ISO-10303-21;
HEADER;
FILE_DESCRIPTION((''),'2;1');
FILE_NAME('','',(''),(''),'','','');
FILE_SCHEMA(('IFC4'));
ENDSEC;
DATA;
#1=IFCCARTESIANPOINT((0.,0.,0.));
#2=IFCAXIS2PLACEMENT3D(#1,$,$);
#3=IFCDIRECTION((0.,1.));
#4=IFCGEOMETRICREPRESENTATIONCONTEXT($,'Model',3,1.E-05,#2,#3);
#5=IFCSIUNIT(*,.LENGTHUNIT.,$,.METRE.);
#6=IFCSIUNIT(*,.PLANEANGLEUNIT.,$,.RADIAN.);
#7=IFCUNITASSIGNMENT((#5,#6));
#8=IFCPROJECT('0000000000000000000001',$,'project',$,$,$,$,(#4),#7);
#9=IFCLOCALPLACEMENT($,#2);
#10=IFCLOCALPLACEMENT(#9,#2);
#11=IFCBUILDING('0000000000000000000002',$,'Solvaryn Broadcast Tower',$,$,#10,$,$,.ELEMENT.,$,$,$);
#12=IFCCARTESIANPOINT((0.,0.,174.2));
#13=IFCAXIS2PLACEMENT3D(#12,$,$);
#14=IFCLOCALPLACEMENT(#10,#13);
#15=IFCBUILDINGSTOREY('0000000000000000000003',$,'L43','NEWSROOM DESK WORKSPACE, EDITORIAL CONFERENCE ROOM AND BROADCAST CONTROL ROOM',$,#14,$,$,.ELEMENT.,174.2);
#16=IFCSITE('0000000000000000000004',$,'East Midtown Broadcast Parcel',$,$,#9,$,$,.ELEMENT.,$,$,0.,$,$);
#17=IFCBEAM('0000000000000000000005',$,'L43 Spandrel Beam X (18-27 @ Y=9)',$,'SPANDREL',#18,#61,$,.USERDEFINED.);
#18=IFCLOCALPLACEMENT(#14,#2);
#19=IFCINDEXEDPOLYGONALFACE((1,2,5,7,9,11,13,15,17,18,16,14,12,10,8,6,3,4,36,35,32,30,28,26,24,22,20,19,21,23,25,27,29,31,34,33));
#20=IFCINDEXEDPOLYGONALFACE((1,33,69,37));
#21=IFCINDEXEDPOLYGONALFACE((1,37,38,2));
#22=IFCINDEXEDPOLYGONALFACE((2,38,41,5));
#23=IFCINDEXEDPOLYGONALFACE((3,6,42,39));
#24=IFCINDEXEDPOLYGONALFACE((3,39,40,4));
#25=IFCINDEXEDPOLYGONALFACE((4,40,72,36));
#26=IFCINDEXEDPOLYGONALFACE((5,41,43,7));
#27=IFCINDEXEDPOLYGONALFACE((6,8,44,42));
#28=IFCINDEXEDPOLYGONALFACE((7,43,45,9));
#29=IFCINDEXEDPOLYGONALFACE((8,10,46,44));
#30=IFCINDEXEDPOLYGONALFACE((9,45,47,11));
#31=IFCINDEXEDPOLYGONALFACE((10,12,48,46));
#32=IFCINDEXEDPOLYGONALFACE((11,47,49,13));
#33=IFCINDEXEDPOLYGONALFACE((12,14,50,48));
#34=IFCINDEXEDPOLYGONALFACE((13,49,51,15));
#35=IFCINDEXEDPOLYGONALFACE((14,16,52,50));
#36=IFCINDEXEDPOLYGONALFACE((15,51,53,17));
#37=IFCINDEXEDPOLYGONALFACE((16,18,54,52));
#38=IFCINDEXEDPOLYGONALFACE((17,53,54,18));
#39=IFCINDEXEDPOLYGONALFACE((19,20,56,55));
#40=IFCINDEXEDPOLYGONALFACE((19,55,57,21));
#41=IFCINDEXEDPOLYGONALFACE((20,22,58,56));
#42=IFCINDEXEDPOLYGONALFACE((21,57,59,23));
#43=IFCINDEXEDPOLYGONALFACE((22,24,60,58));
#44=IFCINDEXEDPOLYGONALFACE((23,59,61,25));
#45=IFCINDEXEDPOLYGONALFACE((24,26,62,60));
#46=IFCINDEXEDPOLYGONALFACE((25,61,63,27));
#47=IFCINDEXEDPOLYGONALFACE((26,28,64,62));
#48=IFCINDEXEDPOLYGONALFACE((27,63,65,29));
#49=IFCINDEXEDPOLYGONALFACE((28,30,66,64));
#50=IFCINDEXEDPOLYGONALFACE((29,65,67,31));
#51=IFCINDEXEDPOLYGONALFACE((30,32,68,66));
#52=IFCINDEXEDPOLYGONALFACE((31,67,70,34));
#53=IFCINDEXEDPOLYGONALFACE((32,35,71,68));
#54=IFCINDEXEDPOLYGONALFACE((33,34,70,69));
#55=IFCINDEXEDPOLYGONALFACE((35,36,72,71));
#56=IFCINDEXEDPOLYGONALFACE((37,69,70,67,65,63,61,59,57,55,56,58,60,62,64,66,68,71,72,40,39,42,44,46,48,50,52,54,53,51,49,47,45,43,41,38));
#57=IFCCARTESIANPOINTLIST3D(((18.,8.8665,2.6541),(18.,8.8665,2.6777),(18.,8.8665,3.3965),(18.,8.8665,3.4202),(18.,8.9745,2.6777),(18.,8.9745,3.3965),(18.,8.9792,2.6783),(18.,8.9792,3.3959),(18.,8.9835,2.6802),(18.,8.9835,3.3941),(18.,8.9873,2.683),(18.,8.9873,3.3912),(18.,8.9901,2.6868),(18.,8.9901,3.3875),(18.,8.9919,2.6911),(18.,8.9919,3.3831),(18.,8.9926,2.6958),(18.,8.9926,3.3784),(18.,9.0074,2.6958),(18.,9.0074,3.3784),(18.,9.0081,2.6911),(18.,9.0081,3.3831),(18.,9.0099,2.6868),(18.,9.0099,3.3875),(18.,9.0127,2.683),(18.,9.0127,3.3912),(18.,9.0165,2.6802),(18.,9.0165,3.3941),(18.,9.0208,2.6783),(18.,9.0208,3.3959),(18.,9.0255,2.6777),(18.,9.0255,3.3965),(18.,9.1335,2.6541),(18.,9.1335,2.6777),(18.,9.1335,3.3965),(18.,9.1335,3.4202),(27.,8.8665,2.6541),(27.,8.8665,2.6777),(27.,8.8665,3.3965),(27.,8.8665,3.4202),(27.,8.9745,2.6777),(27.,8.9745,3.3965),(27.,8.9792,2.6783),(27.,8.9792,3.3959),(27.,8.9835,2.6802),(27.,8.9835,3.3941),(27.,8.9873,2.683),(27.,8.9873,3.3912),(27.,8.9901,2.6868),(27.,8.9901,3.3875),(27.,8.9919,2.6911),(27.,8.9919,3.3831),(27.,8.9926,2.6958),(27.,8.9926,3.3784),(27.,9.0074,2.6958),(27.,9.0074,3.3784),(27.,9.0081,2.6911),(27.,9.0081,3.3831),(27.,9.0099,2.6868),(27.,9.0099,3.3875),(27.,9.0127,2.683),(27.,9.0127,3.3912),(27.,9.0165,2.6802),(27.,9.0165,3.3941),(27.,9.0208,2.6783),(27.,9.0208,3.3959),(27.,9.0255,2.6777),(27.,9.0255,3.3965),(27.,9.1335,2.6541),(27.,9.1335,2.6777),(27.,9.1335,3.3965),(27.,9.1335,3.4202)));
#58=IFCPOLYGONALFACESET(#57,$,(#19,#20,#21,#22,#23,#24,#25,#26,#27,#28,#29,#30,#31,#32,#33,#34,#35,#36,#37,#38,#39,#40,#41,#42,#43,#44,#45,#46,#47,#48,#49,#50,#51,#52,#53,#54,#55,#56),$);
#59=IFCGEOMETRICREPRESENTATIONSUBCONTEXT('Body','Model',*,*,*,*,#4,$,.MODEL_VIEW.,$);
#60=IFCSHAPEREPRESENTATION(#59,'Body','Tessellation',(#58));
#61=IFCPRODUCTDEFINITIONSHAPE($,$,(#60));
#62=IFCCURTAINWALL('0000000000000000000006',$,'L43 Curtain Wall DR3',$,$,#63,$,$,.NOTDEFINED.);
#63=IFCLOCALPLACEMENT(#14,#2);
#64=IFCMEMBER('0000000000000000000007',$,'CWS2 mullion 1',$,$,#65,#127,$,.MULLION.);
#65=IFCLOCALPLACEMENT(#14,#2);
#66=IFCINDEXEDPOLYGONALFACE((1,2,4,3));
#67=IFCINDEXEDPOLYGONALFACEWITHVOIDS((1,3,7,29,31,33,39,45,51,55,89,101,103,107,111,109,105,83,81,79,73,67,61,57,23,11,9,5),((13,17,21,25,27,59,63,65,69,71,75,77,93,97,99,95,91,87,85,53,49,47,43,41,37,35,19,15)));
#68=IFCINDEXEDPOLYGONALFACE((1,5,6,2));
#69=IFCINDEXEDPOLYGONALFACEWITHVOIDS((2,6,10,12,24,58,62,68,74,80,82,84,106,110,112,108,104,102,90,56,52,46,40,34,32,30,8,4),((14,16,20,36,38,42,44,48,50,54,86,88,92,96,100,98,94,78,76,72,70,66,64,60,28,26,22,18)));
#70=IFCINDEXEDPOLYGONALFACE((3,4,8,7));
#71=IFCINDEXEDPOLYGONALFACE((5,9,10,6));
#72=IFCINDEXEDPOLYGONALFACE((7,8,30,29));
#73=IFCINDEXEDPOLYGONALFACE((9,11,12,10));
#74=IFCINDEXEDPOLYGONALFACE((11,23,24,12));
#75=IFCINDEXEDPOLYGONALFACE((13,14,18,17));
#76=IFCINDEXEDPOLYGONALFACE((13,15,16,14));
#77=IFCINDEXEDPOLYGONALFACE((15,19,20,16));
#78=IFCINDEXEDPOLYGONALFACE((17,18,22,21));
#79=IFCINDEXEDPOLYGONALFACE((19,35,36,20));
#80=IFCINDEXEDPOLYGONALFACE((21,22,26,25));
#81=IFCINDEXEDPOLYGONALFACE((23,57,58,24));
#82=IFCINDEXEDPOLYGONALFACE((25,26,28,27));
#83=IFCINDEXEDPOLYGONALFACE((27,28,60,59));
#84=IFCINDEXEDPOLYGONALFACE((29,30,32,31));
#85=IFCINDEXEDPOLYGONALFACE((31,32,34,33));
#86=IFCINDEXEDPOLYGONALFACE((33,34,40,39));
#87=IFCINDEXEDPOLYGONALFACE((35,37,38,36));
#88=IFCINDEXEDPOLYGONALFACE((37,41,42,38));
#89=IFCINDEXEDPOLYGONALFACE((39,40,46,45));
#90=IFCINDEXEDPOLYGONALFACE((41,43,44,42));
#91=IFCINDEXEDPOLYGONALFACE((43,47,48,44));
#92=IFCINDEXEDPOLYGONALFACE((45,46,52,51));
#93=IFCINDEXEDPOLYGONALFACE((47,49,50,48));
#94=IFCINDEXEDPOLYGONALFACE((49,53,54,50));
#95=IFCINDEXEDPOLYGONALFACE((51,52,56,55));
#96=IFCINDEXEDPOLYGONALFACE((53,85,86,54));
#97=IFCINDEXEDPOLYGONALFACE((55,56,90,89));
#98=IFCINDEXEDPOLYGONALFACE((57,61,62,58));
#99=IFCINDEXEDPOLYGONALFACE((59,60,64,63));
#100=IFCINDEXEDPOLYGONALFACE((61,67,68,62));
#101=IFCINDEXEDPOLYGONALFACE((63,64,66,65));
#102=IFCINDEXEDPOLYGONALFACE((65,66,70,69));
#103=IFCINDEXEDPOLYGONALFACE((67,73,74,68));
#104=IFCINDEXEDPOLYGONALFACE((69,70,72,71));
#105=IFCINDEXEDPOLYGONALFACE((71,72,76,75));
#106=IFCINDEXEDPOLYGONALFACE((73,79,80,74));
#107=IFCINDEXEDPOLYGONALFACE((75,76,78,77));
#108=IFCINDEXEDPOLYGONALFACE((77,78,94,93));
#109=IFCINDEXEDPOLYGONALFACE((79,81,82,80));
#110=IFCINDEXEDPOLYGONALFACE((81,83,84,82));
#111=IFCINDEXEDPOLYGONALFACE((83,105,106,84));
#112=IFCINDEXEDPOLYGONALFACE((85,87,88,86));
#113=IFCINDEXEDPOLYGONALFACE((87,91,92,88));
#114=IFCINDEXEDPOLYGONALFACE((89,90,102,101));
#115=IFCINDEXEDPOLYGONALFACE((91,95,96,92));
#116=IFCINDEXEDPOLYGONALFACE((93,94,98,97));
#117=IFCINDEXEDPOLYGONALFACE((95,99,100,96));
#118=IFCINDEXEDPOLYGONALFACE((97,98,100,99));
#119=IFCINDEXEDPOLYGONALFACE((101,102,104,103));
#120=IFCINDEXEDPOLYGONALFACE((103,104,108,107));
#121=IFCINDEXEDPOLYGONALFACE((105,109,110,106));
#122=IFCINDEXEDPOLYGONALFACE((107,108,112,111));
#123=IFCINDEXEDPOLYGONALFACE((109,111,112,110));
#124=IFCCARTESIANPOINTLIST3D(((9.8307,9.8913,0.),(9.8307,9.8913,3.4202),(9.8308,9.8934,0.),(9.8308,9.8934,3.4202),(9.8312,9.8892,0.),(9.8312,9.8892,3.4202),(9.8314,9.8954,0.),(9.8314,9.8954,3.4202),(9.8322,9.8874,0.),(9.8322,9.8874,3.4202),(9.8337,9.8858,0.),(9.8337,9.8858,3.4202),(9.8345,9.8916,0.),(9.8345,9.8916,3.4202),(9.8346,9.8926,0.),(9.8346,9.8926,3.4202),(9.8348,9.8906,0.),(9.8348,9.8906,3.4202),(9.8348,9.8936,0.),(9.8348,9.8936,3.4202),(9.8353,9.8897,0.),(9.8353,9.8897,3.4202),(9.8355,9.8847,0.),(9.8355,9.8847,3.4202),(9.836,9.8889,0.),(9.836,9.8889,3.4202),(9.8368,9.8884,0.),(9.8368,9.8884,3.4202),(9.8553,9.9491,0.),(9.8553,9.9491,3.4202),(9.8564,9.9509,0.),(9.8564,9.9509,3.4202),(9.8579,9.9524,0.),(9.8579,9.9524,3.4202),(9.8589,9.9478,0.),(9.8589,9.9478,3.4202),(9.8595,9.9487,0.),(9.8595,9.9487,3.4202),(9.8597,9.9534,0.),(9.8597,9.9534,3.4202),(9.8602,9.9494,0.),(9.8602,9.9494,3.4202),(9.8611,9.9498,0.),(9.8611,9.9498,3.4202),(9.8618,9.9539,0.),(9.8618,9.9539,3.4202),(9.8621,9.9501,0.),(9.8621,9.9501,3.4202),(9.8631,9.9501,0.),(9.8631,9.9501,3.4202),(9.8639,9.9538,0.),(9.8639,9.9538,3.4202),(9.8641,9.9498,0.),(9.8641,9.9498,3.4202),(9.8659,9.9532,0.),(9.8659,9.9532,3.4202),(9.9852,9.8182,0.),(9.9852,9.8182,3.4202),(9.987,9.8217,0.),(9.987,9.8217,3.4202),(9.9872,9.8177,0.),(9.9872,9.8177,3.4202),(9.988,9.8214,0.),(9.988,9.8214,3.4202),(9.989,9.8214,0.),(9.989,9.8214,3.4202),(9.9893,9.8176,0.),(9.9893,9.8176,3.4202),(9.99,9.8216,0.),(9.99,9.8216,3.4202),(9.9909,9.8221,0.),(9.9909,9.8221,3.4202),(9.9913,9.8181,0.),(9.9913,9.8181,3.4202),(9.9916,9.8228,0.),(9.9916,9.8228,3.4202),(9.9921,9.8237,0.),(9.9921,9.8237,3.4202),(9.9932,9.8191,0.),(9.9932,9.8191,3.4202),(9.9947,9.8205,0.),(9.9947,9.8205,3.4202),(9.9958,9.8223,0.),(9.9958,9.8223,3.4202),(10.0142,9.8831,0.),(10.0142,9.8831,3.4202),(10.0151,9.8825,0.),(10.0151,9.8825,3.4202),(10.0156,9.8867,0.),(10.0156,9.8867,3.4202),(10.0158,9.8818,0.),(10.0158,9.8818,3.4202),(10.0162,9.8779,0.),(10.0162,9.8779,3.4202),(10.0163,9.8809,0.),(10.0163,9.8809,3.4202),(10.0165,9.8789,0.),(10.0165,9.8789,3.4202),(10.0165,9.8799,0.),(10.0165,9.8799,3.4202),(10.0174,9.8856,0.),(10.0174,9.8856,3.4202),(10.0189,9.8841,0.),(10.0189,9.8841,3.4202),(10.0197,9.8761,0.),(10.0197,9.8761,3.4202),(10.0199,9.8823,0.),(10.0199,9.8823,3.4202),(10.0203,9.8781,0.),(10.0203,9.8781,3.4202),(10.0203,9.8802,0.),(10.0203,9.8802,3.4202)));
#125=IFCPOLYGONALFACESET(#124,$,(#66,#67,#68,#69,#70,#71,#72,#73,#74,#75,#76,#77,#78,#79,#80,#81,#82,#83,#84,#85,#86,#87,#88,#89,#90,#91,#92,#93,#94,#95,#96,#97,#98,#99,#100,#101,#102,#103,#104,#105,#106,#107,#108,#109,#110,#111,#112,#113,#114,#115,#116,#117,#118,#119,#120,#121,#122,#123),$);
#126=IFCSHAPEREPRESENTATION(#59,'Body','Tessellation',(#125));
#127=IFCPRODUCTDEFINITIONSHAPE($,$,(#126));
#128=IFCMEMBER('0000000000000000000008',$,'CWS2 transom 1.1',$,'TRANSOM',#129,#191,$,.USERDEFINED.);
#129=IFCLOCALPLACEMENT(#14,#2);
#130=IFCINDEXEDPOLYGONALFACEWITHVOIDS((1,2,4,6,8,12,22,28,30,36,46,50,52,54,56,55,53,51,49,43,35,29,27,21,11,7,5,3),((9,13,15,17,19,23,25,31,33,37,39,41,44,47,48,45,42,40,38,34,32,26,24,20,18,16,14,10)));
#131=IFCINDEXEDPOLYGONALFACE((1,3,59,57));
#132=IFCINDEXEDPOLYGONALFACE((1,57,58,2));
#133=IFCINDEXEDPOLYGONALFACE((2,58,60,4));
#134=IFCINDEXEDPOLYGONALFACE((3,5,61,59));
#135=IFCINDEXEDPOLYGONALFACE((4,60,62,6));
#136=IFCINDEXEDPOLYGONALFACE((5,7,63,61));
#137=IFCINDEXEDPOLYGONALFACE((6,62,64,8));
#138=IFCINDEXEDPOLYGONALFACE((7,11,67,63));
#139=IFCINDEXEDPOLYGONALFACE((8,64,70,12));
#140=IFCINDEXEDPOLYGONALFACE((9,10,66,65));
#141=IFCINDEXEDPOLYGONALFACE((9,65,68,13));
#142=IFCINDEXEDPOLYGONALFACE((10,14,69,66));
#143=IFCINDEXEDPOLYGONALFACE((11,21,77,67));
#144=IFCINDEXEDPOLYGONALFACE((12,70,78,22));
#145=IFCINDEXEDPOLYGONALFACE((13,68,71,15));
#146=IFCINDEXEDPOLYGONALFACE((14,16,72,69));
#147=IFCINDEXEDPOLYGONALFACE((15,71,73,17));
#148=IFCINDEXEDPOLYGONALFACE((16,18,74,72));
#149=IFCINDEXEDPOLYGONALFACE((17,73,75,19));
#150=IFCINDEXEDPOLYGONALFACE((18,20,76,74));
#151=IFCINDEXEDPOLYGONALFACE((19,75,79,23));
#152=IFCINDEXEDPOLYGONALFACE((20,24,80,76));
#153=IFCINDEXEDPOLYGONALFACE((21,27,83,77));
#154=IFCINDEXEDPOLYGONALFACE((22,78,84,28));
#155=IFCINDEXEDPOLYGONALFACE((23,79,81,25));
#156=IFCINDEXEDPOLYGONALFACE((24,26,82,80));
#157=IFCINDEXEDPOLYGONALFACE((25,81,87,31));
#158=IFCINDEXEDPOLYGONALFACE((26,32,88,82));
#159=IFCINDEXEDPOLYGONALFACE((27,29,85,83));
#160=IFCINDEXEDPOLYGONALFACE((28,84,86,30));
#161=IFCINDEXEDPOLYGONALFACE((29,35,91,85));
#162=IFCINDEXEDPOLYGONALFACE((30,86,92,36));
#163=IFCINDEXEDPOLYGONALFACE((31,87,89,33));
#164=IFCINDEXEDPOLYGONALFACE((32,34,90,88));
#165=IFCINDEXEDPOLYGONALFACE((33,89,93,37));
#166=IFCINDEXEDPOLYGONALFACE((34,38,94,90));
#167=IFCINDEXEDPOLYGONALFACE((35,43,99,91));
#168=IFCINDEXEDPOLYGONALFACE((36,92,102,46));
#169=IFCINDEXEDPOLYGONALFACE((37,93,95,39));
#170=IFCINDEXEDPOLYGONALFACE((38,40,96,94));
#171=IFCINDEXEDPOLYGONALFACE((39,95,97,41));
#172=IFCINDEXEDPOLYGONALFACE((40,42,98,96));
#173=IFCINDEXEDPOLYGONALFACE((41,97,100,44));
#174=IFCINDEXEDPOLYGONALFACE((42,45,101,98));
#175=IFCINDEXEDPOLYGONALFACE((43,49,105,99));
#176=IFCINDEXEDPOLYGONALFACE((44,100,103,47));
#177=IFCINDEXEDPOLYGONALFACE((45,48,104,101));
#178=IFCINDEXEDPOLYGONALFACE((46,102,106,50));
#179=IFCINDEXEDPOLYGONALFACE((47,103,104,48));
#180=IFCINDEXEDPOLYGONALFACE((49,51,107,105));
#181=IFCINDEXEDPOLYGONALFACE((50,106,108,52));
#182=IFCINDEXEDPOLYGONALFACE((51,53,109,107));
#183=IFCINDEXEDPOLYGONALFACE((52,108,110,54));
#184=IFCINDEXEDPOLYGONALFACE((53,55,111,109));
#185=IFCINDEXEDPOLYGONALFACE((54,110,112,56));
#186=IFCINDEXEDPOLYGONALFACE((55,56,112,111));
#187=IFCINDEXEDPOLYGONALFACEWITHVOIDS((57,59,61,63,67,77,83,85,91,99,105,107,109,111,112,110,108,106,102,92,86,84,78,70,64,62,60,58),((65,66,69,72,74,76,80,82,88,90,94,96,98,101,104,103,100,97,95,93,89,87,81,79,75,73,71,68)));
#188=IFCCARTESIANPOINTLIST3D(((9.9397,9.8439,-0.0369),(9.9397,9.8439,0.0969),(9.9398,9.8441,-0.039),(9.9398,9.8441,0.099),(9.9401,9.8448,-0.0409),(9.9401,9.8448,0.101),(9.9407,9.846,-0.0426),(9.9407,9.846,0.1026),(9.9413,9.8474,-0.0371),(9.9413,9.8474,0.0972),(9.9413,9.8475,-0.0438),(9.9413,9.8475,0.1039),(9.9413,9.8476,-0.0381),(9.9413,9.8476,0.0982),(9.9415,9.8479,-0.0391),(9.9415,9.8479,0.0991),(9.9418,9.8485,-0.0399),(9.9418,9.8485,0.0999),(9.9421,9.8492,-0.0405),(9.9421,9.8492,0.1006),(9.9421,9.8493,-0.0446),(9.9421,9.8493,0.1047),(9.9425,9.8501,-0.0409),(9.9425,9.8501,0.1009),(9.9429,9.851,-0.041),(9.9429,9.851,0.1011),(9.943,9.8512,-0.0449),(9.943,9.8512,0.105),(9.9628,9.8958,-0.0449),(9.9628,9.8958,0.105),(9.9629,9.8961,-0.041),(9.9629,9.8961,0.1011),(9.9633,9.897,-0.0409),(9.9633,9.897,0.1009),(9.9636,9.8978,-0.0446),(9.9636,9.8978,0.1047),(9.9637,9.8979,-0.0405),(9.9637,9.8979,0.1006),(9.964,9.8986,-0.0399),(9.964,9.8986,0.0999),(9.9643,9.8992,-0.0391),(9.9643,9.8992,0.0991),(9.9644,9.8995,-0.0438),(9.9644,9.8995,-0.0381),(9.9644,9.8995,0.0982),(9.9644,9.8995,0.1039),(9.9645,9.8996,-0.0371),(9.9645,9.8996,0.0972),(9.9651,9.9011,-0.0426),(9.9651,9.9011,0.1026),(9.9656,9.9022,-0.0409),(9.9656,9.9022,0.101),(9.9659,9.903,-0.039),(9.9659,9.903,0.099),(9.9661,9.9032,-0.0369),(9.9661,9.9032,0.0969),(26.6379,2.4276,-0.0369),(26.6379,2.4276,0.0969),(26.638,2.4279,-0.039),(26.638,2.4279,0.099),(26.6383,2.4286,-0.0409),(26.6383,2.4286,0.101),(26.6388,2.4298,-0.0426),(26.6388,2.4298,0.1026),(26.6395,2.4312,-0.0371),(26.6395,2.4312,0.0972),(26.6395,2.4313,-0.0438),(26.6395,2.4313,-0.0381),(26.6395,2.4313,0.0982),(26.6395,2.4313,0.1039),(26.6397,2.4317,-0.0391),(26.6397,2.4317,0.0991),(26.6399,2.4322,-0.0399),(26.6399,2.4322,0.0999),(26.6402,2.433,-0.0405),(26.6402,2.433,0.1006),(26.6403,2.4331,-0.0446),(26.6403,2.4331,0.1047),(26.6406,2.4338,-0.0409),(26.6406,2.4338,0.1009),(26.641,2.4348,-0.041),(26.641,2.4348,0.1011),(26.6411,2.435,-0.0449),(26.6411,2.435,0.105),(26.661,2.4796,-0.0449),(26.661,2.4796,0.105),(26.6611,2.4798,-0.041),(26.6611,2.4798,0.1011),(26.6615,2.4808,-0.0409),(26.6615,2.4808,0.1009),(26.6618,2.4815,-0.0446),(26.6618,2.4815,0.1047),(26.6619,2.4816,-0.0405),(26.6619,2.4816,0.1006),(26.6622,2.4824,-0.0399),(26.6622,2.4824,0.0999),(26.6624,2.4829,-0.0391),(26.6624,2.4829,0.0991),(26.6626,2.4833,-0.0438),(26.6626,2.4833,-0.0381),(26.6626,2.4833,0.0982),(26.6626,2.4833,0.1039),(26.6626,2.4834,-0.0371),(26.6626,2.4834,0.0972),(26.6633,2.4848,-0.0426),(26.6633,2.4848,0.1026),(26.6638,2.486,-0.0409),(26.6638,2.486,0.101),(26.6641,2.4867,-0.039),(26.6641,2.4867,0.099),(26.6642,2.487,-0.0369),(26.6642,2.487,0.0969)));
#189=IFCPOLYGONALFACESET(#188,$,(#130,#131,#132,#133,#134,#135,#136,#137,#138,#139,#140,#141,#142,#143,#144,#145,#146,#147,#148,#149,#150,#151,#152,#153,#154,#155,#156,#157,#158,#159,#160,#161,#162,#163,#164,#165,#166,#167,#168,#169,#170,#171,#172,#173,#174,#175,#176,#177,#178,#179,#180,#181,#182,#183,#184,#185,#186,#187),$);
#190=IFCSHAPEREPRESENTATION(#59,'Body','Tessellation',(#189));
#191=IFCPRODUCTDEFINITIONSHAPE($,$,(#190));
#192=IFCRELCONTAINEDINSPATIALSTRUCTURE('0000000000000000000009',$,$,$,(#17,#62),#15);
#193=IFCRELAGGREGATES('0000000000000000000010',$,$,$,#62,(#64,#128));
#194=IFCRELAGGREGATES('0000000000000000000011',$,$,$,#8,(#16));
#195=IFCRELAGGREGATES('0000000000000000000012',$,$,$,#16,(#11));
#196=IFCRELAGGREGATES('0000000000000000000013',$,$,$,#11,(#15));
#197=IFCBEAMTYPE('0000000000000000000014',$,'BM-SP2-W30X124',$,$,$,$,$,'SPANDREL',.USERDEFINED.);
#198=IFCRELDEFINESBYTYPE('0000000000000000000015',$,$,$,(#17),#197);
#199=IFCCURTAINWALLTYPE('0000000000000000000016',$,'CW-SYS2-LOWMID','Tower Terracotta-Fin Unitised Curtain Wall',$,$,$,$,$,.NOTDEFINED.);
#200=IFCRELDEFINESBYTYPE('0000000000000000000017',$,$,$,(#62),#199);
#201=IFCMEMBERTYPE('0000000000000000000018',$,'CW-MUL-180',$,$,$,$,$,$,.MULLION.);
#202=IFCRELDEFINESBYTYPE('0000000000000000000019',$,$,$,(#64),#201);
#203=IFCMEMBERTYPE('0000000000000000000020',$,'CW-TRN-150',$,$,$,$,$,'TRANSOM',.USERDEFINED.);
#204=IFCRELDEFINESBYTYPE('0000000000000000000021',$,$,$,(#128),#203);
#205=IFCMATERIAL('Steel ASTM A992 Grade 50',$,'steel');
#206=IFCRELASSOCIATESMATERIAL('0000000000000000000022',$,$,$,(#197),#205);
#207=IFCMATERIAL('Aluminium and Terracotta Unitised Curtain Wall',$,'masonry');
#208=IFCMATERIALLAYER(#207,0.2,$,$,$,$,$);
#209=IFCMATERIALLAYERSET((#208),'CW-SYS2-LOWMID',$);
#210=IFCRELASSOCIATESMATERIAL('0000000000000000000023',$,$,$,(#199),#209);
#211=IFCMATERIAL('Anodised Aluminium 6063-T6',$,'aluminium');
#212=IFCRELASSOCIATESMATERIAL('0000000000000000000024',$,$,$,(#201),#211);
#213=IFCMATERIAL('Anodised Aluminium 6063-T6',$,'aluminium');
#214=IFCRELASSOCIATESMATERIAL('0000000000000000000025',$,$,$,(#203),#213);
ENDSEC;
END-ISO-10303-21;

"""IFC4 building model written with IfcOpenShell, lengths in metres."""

from ifc_helpers import new_model, si_unit, direction, frame, origin, origin_2d, place, context, subcontext, project, spatial, hollow_rectangle, i_section, extrude, material, layer, layer_set, material_profile, profile_set, type_object, element, aggregate, save


model = new_model("IFC4")

# Units and contexts
model_context = context("Model", 3, precision=1e-05, world=origin(), true_north=direction((0.0, 1.0)))
body_context = subcontext(model_context, "Body", "Model", "MODEL_VIEW")
ifc_project = project(units=[si_unit("LENGTHUNIT", "METRE"), si_unit("PLANEANGLEUNIT", "RADIAN")], contexts=[model_context])

# Site, building, storey
site_placement = place(None, origin())
site = spatial("IfcSite", under=ifc_project, at=site_placement, Name="East Midtown Broadcast Parcel", CompositionType="ELEMENT", RefElevation=0.0)
building_placement = place(site_placement, origin())
building = spatial("IfcBuilding", under=site, at=building_placement, Name="Solvaryn Broadcast Tower", CompositionType="ELEMENT")
storey_placement = place(building_placement, frame((0.0, 0.0, 174.2)))
storey = spatial("IfcBuildingStorey", under=building, at=storey_placement, Name="L43", Description="NEWSROOM DESK WORKSPACE, EDITORIAL CONFERENCE ROOM AND BROADCAST CONTROL ROOM", CompositionType="ELEMENT", Elevation=174.2)

# Beam
ifc_material_1 = material(Name="Steel ASTM A992 Grade 50", Category="steel")
ifc_material_profile_1 = material_profile(ifc_material_1, i_section(OverallWidth=0.2671, OverallDepth=0.7661, WebThickness=0.0149, FlangeThickness=0.0237, FilletRadius=0.0181, at=origin_2d()))
ifc_profile_set_1 = profile_set([ifc_material_profile_1], Name="Steel ASTM A992 Grade 50")
beam_type_1 = type_object("IfcBeamType", Name="BM-SP2-W30X124", ElementType="SPANDREL", PredefinedType="USERDEFINED", material=ifc_profile_set_1)
beam_1_placement = place(storey_placement, frame((18.0, 9.0, 3.0371), z_axis=(1.0, 0.0, 0.0), x_axis=(0.0, 1.0, 0.0)))
element("IfcBeam", 1, at=beam_1_placement, inside=storey, type_object=beam_type_1, Name="L43 Spandrel Beam X (18-27 @ Y=9)", ObjectType="SPANDREL", PredefinedType="USERDEFINED", context=body_context, shape_type="SweptSolid", body=[
    extrude(i_section(OverallWidth=0.2671, OverallDepth=0.7661, WebThickness=0.0149, FlangeThickness=0.0237, FilletRadius=0.0181, at=origin_2d()), origin(), (0.0, 0.0, 1.0), 9.0),
])

# Curtain wall, members
ifc_material_2 = material(Name="Aluminium and Terracotta Unitised Curtain Wall", Category="masonry")
ifc_layer_1 = layer(ifc_material_2, 0.2)
ifc_layer_set_1 = layer_set([ifc_layer_1], Name="CW-SYS2-LOWMID")
curtain_wall_type = type_object("IfcCurtainWallType", Name="CW-SYS2-LOWMID", Description="Tower Terracotta-Fin Unitised Curtain Wall", PredefinedType="NOTDEFINED", material=ifc_layer_set_1)
curtain_wall_placement = place(storey_placement, origin())
curtain_wall = element("IfcCurtainWall", 2, at=curtain_wall_placement, inside=storey, type_object=curtain_wall_type, Name="L43 Curtain Wall DR3", PredefinedType="NOTDEFINED")
ifc_material_3 = material(Name="Anodised Aluminium 6063-T6", Category="aluminium")
ifc_material_profile_2 = material_profile(ifc_material_3, hollow_rectangle(XDim=0.075, YDim=0.1799, WallThickness=0.0039, InnerFilletRadius=0.0039, OuterFilletRadius=0.0081, at=origin_2d()))
ifc_profile_set_2 = profile_set([ifc_material_profile_2], Name="Anodised Aluminium 6063-T6")
member_type_1 = type_object("IfcMemberType", Name="CW-MUL-180", PredefinedType="MULLION", material=ifc_profile_set_2)
member_1_placement = place(storey_placement, frame((9.9255, 9.8857, 0.0), z_axis=(0.0, 0.0, 1.0), x_axis=(0.405901, 0.913917, 0.0)))
member_1 = element("IfcMember", 3, at=member_1_placement, type_object=member_type_1, Name="CWS2 mullion 1", PredefinedType="MULLION", context=body_context, shape_type="SweptSolid", body=[
    extrude(hollow_rectangle(XDim=0.075, YDim=0.1799, WallThickness=0.0039, InnerFilletRadius=0.0039, OuterFilletRadius=0.0081, at=origin_2d()), origin(), (0.0, 0.0, 1.0), 3.4202),
])
ifc_material_4 = material(Name="Anodised Aluminium 6063-T6", Category="aluminium")
ifc_material_profile_3 = material_profile(ifc_material_4, hollow_rectangle(XDim=0.0649, YDim=0.1499, WallThickness=0.0039, InnerFilletRadius=0.0039, OuterFilletRadius=0.0081, at=origin_2d()))
ifc_profile_set_3 = profile_set([ifc_material_profile_3], Name="Anodised Aluminium 6063-T6")
member_type_2 = type_object("IfcMemberType", Name="CW-TRN-150", ElementType="TRANSOM", PredefinedType="USERDEFINED", material=ifc_profile_set_3)
member_2_placement = place(storey_placement, frame((9.9529, 9.8735, 0.03), z_axis=(0.913917, -0.405902, 0.0), x_axis=(0.405902, 0.913917, 0.0)))
member_2 = element("IfcMember", 4, at=member_2_placement, type_object=member_type_2, Name="CWS2 transom 1.1", ObjectType="TRANSOM", PredefinedType="USERDEFINED", context=body_context, shape_type="SweptSolid", body=[
    extrude(hollow_rectangle(XDim=0.0649, YDim=0.1499, WallThickness=0.0039, InnerFilletRadius=0.0039, OuterFilletRadius=0.0081, at=origin_2d()), origin(), (0.0, 0.0, 1.0), 18.271),
])
aggregate(curtain_wall, [member_1, member_2])

save(model, "model.ifc")
